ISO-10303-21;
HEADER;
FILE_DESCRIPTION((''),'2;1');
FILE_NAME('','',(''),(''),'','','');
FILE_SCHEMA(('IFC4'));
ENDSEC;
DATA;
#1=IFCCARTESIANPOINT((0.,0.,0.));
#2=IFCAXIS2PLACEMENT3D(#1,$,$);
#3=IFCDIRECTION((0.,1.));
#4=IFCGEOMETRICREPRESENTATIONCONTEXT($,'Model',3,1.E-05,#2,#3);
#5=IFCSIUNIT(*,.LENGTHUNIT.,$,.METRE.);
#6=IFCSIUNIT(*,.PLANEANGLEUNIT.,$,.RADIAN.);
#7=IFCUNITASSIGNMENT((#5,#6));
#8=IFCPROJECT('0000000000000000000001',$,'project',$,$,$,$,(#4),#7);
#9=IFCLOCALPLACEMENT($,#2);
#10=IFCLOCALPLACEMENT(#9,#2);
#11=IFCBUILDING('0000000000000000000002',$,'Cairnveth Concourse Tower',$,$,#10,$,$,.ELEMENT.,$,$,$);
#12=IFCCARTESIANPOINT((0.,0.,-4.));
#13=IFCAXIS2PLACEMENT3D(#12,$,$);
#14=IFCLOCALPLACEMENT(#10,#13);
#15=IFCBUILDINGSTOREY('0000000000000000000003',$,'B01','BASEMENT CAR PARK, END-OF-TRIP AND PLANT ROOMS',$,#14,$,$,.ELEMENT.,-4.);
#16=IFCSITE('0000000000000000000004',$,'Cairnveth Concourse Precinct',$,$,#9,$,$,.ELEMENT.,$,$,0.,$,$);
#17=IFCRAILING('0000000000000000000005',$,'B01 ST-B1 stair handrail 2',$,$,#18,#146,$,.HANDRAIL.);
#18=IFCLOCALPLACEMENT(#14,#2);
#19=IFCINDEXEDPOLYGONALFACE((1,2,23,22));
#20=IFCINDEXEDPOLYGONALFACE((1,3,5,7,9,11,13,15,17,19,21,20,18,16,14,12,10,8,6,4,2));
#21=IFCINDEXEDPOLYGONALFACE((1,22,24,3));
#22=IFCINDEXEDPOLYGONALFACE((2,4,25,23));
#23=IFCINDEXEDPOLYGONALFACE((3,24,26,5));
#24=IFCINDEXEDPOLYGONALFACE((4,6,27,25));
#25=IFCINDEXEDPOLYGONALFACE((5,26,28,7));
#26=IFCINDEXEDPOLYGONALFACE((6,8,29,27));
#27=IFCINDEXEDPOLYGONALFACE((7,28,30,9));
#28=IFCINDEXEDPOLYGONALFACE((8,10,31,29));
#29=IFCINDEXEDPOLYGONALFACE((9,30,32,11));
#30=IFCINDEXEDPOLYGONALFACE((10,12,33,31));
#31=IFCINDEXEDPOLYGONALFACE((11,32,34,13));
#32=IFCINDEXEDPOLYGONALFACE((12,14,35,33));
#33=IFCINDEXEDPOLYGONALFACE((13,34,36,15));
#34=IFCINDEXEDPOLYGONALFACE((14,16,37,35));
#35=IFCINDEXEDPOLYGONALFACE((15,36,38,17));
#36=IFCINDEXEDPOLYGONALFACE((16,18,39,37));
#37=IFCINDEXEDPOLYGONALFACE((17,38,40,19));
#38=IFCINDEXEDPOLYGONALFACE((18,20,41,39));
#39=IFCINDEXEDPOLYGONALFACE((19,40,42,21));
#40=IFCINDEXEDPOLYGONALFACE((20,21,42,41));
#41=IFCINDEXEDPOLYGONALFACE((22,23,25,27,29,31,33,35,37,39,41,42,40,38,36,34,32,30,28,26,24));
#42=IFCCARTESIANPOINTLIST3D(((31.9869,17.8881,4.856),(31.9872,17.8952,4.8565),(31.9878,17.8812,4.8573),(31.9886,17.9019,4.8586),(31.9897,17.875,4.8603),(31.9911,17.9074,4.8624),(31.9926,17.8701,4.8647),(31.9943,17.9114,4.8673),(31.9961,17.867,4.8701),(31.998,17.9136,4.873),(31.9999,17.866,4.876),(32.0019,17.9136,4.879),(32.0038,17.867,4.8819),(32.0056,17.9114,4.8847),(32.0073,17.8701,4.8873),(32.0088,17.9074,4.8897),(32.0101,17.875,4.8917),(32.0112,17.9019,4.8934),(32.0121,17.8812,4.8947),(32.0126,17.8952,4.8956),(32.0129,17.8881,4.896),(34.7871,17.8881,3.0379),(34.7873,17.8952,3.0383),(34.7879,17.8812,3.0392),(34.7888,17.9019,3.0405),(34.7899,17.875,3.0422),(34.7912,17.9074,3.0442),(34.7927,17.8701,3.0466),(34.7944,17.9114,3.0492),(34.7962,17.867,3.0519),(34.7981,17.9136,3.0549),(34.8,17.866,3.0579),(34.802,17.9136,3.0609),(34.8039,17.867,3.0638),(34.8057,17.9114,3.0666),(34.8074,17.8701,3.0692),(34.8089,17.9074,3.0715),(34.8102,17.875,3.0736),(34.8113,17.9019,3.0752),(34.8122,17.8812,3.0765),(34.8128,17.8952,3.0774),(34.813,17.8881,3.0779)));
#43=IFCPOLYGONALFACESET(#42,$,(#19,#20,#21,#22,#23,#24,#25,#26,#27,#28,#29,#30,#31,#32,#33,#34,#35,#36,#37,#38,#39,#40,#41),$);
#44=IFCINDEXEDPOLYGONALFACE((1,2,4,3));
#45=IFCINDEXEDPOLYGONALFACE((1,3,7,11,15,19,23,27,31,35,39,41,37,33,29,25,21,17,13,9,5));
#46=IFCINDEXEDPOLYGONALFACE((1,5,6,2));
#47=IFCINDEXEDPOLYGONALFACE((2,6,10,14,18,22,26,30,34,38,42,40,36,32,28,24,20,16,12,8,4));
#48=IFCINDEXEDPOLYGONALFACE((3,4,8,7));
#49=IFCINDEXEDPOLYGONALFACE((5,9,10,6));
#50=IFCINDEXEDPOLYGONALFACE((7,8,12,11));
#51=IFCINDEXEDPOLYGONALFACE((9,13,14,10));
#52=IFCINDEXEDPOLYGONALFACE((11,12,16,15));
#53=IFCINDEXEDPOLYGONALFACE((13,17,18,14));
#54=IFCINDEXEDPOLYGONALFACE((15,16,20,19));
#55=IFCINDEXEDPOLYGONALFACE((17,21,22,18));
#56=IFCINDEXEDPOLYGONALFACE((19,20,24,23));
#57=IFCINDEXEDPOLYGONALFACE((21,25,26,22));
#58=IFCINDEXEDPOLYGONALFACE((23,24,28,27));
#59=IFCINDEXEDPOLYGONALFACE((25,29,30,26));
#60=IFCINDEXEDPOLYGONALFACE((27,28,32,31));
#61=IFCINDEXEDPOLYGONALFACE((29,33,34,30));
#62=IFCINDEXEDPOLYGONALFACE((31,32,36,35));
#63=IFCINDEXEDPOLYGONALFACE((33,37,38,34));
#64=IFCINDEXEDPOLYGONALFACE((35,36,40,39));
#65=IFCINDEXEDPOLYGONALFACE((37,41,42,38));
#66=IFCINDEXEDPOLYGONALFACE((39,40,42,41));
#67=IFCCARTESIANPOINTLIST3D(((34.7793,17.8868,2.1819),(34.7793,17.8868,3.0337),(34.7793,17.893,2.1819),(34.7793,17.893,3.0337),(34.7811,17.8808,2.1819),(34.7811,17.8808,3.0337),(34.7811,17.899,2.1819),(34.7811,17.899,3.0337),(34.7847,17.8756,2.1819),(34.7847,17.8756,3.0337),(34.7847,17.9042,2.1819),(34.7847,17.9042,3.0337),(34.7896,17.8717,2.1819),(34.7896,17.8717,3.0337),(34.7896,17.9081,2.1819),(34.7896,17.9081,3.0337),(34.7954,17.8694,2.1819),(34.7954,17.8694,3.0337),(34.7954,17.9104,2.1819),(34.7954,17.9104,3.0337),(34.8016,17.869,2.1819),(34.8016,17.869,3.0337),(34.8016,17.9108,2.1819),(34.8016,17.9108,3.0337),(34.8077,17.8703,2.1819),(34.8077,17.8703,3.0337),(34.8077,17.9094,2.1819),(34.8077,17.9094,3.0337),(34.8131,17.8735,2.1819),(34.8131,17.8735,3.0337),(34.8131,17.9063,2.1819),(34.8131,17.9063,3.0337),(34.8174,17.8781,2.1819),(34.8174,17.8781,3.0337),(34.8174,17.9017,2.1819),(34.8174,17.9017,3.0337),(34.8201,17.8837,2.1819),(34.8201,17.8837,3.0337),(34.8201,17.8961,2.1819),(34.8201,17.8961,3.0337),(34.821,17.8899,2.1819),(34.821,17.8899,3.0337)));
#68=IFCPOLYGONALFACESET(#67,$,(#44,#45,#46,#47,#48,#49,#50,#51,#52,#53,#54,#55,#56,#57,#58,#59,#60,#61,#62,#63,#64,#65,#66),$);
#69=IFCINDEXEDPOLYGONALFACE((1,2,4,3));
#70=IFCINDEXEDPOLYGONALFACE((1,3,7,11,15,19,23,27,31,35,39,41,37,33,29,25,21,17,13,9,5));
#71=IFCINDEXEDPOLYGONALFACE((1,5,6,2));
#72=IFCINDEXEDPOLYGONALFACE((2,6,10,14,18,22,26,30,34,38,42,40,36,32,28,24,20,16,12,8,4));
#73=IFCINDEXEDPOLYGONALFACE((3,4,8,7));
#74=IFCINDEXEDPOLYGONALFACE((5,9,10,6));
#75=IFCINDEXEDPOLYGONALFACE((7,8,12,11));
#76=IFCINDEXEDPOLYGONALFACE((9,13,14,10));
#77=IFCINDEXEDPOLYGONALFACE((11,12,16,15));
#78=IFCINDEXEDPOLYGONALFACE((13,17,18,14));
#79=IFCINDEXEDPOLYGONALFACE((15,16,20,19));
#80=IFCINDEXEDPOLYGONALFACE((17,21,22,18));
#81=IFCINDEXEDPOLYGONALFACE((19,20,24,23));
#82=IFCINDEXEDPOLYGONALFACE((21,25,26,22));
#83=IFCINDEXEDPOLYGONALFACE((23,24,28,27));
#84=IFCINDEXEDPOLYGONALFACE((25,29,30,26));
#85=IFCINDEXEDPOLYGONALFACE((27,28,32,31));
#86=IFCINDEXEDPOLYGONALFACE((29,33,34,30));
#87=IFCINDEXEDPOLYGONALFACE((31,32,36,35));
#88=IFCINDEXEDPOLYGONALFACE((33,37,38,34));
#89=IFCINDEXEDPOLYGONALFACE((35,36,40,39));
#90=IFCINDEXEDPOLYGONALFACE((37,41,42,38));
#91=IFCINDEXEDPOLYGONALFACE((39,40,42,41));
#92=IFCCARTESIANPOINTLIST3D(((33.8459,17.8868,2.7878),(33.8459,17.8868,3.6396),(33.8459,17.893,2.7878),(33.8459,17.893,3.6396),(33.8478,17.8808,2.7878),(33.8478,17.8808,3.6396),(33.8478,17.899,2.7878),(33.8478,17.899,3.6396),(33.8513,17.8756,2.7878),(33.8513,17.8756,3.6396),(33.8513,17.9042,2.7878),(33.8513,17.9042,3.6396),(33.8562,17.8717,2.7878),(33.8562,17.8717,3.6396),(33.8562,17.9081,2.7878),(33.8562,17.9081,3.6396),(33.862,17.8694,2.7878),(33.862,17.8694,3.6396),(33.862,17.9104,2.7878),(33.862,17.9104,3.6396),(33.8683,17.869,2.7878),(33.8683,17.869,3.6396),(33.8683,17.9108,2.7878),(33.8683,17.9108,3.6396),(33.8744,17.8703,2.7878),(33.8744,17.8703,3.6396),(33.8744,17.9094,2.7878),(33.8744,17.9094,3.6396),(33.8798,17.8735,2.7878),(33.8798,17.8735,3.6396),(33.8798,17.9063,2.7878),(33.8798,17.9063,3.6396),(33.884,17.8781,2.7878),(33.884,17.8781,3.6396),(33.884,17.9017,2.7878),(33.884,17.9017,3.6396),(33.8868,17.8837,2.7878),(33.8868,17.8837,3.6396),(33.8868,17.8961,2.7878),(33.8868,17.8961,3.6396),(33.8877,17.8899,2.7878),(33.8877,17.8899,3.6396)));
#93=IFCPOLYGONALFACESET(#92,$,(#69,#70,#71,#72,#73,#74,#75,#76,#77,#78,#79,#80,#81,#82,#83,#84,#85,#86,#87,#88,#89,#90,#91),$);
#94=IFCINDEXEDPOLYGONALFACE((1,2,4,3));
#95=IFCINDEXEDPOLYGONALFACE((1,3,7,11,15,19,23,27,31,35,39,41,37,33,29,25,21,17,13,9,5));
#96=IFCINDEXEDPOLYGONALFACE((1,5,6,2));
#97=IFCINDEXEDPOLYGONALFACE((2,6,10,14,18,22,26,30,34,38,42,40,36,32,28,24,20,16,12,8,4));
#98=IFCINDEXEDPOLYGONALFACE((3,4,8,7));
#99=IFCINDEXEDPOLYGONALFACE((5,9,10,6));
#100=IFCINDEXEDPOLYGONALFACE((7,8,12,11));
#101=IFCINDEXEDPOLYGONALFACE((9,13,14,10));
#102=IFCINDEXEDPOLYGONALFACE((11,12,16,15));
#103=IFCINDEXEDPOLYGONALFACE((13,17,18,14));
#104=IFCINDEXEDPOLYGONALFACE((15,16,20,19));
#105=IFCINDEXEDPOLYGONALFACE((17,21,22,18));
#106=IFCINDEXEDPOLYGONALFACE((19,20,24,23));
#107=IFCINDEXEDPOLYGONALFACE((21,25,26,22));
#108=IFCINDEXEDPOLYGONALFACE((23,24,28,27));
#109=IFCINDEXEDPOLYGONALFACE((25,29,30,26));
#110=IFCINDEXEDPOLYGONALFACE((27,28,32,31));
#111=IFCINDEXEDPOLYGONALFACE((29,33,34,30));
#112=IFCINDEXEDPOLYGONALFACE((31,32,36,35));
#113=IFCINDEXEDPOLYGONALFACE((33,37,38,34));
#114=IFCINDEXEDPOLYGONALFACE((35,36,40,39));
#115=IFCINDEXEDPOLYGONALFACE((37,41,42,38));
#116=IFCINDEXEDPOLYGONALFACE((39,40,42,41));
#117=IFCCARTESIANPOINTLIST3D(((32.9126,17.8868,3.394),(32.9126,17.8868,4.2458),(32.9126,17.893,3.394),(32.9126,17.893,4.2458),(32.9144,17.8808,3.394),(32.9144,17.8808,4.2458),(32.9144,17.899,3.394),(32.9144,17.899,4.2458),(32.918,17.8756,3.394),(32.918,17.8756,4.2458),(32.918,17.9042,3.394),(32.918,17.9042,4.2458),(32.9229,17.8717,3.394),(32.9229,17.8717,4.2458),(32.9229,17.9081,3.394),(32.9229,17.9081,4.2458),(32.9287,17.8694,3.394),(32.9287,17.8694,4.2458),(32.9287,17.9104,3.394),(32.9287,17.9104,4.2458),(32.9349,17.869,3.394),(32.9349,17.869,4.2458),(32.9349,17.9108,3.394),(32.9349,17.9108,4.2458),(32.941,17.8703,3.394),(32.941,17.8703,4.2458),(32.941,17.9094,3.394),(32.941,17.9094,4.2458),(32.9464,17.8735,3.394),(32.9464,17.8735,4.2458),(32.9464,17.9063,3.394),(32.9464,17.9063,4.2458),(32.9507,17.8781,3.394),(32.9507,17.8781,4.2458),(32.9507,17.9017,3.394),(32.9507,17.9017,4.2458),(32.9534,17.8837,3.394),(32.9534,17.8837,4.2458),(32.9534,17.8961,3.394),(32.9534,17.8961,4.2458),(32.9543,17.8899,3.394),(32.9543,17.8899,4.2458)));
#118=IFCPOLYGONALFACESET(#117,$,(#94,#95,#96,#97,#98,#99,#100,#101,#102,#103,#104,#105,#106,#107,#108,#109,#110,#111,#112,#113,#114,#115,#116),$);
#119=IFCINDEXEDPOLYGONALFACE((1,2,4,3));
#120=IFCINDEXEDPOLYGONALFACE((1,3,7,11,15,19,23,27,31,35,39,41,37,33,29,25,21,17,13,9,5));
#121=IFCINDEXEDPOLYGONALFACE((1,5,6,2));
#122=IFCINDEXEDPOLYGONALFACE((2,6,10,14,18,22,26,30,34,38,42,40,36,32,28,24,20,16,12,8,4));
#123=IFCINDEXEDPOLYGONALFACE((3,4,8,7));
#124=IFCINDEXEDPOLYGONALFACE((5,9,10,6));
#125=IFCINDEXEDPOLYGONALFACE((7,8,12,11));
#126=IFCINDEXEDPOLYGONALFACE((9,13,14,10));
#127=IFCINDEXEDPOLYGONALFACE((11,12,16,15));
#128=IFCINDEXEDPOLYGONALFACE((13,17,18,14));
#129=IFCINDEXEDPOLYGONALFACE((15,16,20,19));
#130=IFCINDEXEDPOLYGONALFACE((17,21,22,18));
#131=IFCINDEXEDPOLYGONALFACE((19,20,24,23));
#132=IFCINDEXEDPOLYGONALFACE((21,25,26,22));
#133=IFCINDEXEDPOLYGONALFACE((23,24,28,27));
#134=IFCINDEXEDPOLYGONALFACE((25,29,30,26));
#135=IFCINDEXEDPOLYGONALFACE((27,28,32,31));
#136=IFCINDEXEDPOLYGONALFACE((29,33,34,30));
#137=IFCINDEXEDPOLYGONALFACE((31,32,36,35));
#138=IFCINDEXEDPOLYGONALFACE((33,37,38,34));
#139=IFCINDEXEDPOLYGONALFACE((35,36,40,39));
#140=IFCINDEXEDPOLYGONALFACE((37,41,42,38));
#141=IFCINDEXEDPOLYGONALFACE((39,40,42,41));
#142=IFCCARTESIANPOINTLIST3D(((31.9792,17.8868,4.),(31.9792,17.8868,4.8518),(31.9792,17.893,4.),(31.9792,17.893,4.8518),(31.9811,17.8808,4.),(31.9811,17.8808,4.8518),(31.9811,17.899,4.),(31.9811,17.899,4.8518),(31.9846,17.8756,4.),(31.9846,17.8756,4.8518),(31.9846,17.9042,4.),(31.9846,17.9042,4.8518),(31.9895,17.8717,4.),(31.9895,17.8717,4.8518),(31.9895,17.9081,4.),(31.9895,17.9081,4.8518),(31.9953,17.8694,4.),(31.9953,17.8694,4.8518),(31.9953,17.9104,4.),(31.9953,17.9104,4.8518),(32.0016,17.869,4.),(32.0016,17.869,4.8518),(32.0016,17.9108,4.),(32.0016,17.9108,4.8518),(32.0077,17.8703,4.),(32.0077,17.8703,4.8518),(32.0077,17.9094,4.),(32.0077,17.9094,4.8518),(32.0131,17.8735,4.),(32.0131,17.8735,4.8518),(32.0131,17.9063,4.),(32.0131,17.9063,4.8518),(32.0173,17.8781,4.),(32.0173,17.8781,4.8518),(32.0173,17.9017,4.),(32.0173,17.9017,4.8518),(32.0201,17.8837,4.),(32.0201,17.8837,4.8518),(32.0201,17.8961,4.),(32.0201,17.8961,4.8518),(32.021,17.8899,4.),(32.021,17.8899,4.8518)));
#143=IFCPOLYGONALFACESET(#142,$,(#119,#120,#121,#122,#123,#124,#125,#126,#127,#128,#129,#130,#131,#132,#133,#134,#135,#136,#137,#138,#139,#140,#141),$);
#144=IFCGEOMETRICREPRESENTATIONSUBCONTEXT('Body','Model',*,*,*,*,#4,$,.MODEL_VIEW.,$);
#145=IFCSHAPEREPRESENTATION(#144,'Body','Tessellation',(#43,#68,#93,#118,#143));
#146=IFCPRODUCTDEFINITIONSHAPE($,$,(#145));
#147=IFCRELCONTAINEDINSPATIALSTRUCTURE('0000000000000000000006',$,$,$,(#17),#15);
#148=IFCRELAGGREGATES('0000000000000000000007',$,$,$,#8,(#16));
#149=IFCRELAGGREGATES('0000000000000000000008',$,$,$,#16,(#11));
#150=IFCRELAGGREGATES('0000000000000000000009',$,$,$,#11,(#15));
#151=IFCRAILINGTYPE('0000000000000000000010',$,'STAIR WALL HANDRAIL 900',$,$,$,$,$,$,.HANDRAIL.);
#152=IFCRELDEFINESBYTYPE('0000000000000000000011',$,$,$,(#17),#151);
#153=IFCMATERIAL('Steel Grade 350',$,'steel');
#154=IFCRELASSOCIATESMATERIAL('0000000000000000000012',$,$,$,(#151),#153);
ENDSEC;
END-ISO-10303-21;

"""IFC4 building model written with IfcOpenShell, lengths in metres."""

from ifc_helpers import new_model, si_unit, direction, frame, origin, origin_2d, place, context, subcontext, project, spatial, circle, extrude, material, type_object, element, save


model = new_model("IFC4")

# Units and contexts
model_context = context("Model", 3, precision=1e-05, world=origin(), true_north=direction((0.0, 1.0)))
body_context = subcontext(model_context, "Body", "Model", "MODEL_VIEW")
ifc_project = project(units=[si_unit("LENGTHUNIT", "METRE"), si_unit("PLANEANGLEUNIT", "RADIAN")], contexts=[model_context])

# Site, building, storey
site_placement = place(None, origin())
site = spatial("IfcSite", under=ifc_project, at=site_placement, Name="Cairnveth Concourse Precinct", CompositionType="ELEMENT", RefElevation=0.0)
building_placement = place(site_placement, origin())
building = spatial("IfcBuilding", under=site, at=building_placement, Name="Cairnveth Concourse Tower", CompositionType="ELEMENT")
storey_placement = place(building_placement, frame((0.0, 0.0, -4.0)))
storey = spatial("IfcBuildingStorey", under=building, at=storey_placement, Name="B01", Description="BASEMENT CAR PARK, END-OF-TRIP AND PLANT ROOMS", CompositionType="ELEMENT", Elevation=-4.0)

# Shared definitions
ifc_material_1 = material(Name="Steel Grade 350", Category="steel")

# Railing
railing_type_1 = type_object("IfcRailingType", Name="STAIR WALL HANDRAIL 900", PredefinedType="HANDRAIL", material=ifc_material_1)
railing_1_placement = place(storey_placement, frame((34.8, 17.8899, 2.1819)))
element("IfcRailing", 1, at=railing_1_placement, inside=storey, type_object=railing_type_1, Name="B01 ST-B1 stair handrail 2", PredefinedType="HANDRAIL", context=body_context, shape_type="SweptSolid", body=[
    extrude(circle(Radius=0.0239, at=origin_2d()), frame((0.0, 0.0, 0.876), z_axis=(-0.838706, 0.0, 0.544585), x_axis=(0.0, -1.0, 0.0)), (0.0, 0.0, 1.0), 3.3386),
    extrude(circle(Radius=0.021, at=origin_2d()), origin(), (0.0, 0.0, 1.0), 0.8518),
    extrude(circle(Radius=0.021, at=origin_2d()), frame((-0.9333, 0.0, 0.606)), (0.0, 0.0, 1.0), 0.8518),
    extrude(circle(Radius=0.021, at=origin_2d()), frame((-1.8667, 0.0, 1.2122)), (0.0, 0.0, 1.0), 0.8518),
    extrude(circle(Radius=0.021, at=origin_2d()), frame((-2.8, 0.0, 1.8181)), (0.0, 0.0, 1.0), 0.8518),
])

save(model, "model.ifc")
